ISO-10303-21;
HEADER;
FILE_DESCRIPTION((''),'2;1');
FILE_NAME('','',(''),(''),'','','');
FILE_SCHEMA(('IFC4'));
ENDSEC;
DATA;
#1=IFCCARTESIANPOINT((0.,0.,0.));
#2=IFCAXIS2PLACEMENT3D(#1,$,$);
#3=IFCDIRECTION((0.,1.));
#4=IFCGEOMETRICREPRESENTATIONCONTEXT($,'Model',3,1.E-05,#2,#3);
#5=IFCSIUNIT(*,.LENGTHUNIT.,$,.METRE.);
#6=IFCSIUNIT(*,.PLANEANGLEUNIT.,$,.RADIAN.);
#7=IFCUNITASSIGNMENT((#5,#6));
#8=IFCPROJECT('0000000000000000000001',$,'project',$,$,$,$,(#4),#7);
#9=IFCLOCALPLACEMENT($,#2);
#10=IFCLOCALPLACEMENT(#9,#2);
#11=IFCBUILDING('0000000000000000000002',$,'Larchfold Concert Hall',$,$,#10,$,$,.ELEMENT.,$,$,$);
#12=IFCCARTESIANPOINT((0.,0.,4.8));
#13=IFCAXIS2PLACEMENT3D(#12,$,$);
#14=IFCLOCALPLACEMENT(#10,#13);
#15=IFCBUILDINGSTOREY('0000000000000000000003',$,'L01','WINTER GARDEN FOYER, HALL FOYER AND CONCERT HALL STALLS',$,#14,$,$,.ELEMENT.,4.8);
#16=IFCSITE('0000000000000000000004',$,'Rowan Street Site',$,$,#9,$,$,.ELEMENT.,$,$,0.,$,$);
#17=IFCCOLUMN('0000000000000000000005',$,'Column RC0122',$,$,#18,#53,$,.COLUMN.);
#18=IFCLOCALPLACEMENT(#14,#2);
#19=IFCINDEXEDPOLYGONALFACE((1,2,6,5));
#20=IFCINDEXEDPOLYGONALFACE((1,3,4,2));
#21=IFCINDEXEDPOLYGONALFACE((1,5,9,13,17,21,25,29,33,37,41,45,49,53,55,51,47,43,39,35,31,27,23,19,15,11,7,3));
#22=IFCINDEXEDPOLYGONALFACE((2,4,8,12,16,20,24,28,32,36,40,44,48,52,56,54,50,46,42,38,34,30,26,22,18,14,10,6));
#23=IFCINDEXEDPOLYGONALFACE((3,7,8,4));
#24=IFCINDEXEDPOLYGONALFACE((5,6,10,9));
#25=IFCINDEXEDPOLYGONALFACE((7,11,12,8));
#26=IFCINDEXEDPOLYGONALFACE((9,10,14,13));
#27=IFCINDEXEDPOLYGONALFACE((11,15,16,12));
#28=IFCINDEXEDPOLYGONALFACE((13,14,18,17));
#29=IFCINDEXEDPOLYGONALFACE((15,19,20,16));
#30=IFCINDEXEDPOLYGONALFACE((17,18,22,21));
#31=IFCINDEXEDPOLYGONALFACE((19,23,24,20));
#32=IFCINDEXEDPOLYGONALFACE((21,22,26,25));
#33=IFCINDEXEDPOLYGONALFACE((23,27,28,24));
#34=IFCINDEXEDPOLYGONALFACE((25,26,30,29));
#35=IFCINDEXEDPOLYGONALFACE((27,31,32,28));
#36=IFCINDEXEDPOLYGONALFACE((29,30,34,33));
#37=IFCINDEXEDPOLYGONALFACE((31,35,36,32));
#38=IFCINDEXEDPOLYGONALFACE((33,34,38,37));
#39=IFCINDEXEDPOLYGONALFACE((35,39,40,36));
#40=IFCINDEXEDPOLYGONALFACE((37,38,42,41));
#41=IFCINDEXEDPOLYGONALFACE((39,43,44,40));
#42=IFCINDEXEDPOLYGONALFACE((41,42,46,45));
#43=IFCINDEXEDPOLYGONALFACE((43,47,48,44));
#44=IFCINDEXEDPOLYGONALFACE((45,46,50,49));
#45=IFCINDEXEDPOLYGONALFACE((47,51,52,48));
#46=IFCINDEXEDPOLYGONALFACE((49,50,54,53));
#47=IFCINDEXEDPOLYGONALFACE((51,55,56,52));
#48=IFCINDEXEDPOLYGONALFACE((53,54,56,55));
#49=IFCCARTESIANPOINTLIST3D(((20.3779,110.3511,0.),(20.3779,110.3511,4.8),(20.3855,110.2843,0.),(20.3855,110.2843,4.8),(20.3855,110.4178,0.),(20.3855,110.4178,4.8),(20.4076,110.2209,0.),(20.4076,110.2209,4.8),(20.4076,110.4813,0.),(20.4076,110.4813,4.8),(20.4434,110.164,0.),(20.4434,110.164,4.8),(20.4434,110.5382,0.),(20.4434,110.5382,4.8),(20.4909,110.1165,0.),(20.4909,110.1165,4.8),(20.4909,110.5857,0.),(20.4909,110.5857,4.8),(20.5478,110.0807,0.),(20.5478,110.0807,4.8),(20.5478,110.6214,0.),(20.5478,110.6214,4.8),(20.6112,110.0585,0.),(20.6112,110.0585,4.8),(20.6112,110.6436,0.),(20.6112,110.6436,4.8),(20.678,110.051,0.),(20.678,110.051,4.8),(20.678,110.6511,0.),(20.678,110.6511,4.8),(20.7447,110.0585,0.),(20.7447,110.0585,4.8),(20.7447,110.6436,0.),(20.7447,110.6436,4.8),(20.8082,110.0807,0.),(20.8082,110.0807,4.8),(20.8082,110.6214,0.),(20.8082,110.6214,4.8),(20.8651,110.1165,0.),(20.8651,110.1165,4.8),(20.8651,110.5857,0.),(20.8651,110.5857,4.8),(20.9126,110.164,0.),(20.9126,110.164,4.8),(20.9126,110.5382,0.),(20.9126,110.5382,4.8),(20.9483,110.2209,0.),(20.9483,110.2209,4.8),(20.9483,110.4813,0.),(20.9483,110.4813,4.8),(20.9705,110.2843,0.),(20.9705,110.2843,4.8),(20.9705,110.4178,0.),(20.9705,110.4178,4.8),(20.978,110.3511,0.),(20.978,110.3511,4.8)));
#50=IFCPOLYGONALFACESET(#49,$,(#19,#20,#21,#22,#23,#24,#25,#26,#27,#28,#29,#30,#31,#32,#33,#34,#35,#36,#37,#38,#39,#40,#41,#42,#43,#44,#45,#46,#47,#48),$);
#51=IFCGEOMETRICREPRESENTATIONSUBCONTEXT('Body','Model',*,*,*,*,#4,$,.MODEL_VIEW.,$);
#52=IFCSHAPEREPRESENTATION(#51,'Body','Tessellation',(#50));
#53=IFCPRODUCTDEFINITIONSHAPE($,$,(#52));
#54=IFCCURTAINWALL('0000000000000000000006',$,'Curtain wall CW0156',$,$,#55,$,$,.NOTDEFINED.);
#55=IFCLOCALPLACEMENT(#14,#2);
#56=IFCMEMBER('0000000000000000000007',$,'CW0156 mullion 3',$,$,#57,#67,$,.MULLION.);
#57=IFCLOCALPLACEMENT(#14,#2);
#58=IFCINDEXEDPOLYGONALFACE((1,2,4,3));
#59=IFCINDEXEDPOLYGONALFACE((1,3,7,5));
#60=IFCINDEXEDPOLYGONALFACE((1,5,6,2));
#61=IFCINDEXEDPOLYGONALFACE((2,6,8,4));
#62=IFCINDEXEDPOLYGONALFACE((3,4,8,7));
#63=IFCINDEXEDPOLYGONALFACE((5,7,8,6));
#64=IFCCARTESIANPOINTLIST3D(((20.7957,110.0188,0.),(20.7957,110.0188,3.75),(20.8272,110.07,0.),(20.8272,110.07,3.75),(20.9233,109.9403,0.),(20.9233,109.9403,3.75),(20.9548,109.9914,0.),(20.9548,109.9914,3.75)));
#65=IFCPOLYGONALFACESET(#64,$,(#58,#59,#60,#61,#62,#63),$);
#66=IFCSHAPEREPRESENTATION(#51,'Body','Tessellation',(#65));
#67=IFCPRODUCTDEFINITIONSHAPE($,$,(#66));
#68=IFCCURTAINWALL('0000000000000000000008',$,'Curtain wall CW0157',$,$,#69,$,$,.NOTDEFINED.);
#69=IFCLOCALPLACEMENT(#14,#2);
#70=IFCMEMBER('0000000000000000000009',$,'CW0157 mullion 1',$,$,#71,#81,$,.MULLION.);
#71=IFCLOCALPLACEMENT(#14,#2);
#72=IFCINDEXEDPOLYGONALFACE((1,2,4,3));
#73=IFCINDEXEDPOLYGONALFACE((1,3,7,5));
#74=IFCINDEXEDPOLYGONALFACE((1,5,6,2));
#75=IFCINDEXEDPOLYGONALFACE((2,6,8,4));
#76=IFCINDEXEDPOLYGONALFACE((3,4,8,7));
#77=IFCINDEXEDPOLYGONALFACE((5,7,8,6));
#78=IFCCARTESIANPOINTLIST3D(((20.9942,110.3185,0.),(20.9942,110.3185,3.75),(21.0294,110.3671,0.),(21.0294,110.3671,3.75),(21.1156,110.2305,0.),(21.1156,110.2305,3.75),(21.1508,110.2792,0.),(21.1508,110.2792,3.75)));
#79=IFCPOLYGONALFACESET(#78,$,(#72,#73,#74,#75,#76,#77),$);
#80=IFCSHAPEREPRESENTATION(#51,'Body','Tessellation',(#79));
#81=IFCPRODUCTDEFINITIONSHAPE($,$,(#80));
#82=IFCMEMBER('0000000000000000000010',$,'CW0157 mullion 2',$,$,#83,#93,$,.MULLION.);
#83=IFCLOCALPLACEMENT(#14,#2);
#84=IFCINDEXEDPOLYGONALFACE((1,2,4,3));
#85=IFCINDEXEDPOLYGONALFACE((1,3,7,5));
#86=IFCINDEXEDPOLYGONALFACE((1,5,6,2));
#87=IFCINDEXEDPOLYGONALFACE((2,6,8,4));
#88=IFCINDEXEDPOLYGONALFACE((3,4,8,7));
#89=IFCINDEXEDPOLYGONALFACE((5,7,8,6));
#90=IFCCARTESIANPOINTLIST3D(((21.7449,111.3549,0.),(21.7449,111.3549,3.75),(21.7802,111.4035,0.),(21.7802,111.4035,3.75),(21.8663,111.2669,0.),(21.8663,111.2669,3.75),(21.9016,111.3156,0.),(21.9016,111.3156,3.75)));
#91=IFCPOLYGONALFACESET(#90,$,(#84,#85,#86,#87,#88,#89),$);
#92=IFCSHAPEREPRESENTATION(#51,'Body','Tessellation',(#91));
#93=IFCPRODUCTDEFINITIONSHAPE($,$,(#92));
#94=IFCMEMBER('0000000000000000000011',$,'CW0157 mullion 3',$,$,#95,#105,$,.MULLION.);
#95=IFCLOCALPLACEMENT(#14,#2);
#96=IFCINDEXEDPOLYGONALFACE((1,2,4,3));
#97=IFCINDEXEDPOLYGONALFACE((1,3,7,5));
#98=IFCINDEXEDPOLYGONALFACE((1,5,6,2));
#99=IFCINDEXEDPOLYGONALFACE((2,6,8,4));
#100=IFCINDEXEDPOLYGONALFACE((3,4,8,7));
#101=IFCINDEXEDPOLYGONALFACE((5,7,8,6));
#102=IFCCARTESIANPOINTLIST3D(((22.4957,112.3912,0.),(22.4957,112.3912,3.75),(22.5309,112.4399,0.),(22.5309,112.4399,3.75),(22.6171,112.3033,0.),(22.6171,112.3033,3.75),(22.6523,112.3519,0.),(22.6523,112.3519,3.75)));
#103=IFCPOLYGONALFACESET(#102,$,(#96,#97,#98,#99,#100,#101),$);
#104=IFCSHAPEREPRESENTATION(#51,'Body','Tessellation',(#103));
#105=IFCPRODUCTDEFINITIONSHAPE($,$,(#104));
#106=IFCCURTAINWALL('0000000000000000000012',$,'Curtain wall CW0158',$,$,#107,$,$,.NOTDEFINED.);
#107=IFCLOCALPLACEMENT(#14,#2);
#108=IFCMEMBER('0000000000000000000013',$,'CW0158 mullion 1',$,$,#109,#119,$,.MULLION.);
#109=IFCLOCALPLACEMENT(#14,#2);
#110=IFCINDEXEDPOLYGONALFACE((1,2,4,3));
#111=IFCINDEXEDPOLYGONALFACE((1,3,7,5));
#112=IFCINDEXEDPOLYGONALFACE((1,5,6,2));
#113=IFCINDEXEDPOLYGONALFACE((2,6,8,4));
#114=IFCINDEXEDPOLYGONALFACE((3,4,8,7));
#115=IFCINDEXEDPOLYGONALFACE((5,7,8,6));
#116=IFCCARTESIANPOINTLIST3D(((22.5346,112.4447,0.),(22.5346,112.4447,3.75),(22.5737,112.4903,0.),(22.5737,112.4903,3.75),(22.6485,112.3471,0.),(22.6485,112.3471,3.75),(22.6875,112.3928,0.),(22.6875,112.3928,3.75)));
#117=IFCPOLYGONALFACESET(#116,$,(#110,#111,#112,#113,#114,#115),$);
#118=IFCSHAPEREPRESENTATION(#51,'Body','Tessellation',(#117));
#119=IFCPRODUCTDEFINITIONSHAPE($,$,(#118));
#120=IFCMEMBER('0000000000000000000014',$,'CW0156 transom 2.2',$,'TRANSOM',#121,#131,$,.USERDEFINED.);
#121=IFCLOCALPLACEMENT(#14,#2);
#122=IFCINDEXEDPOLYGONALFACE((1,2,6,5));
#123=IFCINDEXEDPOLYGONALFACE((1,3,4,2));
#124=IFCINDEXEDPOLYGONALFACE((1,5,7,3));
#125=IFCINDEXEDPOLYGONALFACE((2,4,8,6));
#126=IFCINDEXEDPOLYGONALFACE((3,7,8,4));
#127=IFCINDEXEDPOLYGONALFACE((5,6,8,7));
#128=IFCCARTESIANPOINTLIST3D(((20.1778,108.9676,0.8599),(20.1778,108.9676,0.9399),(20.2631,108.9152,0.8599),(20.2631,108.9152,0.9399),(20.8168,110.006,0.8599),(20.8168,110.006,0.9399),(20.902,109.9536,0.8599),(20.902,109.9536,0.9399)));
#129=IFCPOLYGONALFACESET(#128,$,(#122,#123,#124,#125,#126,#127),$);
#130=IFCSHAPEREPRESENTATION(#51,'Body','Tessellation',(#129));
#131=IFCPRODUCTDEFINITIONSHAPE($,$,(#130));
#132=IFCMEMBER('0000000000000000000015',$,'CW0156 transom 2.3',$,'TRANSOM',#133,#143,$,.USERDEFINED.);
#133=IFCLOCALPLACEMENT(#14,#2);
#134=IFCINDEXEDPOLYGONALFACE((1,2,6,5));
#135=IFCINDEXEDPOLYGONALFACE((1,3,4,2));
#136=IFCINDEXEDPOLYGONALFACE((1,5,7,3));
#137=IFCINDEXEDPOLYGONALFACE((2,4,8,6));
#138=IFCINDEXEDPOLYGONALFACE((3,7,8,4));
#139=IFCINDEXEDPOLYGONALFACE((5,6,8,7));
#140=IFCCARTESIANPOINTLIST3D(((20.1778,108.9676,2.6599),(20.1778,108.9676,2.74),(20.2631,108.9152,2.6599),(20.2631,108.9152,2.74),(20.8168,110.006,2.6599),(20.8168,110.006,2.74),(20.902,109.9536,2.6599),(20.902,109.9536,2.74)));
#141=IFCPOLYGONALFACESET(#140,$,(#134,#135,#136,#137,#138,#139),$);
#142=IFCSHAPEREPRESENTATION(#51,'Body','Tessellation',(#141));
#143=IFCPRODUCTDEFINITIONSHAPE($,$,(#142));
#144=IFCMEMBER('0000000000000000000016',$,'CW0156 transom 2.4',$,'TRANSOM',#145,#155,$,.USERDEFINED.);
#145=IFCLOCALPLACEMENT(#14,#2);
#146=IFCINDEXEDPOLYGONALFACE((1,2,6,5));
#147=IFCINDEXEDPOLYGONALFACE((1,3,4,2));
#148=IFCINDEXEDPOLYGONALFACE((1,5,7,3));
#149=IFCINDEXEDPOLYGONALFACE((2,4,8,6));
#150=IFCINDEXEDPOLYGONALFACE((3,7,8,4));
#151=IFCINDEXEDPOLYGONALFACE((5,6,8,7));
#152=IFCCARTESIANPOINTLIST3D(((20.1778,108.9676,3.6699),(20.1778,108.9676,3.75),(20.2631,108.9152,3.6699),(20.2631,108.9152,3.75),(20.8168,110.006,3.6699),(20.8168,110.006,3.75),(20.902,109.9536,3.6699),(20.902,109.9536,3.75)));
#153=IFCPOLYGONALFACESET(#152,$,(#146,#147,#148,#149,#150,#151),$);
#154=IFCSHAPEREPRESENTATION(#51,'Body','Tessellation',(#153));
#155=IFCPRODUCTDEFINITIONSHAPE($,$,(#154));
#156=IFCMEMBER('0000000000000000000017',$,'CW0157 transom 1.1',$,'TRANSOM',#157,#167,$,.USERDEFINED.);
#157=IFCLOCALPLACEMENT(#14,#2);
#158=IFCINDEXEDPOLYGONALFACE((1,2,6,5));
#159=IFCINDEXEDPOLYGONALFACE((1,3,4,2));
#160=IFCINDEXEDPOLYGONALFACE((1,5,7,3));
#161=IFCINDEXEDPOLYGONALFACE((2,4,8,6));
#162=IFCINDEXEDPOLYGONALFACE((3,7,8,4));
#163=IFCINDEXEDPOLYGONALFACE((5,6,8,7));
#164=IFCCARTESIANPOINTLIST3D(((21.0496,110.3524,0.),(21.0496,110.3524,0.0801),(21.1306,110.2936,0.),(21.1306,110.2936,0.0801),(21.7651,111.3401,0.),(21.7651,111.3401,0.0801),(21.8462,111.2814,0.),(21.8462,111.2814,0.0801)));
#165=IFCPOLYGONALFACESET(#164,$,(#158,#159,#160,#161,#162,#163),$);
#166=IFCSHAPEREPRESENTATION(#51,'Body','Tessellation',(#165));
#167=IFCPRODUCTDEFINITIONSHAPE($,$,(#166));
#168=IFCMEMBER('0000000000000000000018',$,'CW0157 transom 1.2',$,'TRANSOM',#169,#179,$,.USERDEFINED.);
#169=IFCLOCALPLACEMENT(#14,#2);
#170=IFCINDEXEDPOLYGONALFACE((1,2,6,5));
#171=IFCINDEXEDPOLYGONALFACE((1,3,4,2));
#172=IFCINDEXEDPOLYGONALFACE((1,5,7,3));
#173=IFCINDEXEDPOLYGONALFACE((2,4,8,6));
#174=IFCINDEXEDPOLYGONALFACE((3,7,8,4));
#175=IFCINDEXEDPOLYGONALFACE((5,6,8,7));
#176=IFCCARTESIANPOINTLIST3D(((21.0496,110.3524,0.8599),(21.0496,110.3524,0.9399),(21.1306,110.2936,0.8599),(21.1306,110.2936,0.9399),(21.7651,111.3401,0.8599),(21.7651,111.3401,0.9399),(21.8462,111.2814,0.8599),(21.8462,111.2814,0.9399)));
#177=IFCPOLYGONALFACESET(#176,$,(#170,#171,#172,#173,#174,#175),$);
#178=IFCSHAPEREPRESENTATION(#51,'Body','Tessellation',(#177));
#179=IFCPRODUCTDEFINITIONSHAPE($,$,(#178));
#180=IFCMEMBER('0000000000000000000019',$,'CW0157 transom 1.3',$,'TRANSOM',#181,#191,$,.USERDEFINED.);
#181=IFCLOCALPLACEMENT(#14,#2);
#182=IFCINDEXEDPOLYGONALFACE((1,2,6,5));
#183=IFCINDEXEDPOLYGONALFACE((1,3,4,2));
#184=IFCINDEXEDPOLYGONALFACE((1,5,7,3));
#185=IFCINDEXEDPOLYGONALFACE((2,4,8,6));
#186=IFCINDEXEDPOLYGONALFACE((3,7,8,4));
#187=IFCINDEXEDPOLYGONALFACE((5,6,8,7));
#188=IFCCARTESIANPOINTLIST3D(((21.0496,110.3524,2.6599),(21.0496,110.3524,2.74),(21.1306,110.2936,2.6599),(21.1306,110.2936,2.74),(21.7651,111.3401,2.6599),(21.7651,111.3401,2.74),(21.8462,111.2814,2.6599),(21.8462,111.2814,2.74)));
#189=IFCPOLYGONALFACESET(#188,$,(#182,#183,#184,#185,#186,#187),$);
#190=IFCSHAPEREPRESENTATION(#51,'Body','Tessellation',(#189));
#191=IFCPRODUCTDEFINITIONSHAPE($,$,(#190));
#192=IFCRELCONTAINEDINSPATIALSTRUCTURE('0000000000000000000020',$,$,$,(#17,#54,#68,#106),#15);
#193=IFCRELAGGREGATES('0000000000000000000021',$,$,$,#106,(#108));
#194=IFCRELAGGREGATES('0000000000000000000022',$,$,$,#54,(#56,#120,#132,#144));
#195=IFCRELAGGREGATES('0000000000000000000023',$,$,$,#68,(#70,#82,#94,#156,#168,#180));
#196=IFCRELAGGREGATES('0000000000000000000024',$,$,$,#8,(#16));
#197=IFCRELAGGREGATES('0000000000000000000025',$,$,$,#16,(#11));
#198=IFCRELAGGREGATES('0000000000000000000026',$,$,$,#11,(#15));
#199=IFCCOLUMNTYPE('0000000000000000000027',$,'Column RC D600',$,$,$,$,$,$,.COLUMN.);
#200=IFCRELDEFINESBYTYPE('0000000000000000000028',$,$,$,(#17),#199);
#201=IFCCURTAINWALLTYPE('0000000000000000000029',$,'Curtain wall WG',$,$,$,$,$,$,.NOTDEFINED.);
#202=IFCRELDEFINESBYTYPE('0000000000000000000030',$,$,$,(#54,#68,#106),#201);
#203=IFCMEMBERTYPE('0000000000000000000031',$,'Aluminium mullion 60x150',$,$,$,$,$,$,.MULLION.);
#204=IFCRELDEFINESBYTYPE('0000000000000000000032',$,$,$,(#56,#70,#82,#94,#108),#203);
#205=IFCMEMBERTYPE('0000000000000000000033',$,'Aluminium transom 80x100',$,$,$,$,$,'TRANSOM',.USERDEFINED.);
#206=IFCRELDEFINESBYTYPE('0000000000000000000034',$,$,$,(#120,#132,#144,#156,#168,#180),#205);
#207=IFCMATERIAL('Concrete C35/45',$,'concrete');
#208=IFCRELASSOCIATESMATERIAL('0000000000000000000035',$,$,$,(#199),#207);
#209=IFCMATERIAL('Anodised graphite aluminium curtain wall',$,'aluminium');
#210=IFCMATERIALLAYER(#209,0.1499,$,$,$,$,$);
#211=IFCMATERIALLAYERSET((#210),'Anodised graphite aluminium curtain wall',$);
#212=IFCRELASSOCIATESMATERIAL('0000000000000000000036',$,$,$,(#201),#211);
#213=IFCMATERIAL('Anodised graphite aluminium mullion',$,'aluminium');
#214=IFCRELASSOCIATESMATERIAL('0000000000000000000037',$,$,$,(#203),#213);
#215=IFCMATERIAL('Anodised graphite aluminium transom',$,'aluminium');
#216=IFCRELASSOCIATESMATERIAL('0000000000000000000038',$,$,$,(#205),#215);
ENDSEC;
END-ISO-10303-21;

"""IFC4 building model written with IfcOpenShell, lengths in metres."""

from ifc_helpers import new_model, si_unit, direction, frame, origin, origin_2d, place, context, subcontext, project, spatial, rectangle, circle, extrude, material, layer, layer_set, material_profile, profile_set, type_object, element, aggregate, save


model = new_model("IFC4")

# Units and contexts
model_context = context("Model", 3, precision=1e-05, world=origin(), true_north=direction((0.0, 1.0)))
body_context = subcontext(model_context, "Body", "Model", "MODEL_VIEW")
ifc_project = project(units=[si_unit("LENGTHUNIT", "METRE"), si_unit("PLANEANGLEUNIT", "RADIAN")], contexts=[model_context])

# Site, building, storey
site_placement = place(None, origin())
site = spatial("IfcSite", under=ifc_project, at=site_placement, Name="Rowan Street Site", CompositionType="ELEMENT", RefElevation=0.0)
building_placement = place(site_placement, origin())
building = spatial("IfcBuilding", under=site, at=building_placement, Name="Larchfold Concert Hall", CompositionType="ELEMENT")
storey_placement = place(building_placement, frame((0.0, 0.0, 4.8)))
storey = spatial("IfcBuildingStorey", under=building, at=storey_placement, Name="L01", Description="WINTER GARDEN FOYER, HALL FOYER AND CONCERT HALL STALLS", CompositionType="ELEMENT", Elevation=4.8)

# Column
ifc_material_1 = material(Name="Concrete C35/45", Category="concrete")
ifc_material_profile_1 = material_profile(ifc_material_1, circle(Radius=0.3, at=origin_2d()))
ifc_profile_set_1 = profile_set([ifc_material_profile_1], Name="Concrete C35/45")
column_type = type_object("IfcColumnType", Name="Column RC D600", PredefinedType="COLUMN", material=ifc_profile_set_1)
column_placement = place(storey_placement, frame((20.678, 110.3511, 0.0), z_axis=(0.0, 0.0, 1.0), x_axis=(1.0, 0.0, 0.0)))
element("IfcColumn", 1, at=column_placement, inside=storey, type_object=column_type, Name="Column RC0122", PredefinedType="COLUMN", context=body_context, shape_type="SweptSolid", body=[
    extrude(circle(Radius=0.3, at=origin_2d()), origin(), (0.0, 0.0, 1.0), 4.8),
])

# Curtain wall, member
ifc_material_2 = material(Name="Anodised graphite aluminium curtain wall", Category="aluminium")
ifc_layer_1 = layer(ifc_material_2, 0.1499)
ifc_layer_set_1 = layer_set([ifc_layer_1], Name="Anodised graphite aluminium curtain wall")
curtain_wall_type = type_object("IfcCurtainWallType", Name="Curtain wall WG", PredefinedType="NOTDEFINED", material=ifc_layer_set_1)
curtain_wall_1_placement = place(storey_placement, origin())
curtain_wall_1 = element("IfcCurtainWall", 2, at=curtain_wall_1_placement, inside=storey, type_object=curtain_wall_type, Name="Curtain wall CW0156", PredefinedType="NOTDEFINED")
ifc_material_3 = material(Name="Anodised graphite aluminium mullion", Category="aluminium")
ifc_material_profile_2 = material_profile(ifc_material_3, rectangle(XDim=0.1499, YDim=0.0601, at=origin_2d()))
ifc_profile_set_2 = profile_set([ifc_material_profile_2], Name="Anodised graphite aluminium mullion")
member_type_1 = type_object("IfcMemberType", Name="Aluminium mullion 60x150", PredefinedType="MULLION", material=ifc_profile_set_2)
member_1_placement = place(storey_placement, frame((20.8752, 110.0051, 0.0), z_axis=(0.0, 0.0, 1.0), x_axis=(-0.851655, 0.524103, 0.0)))
member_1 = element("IfcMember", 3, at=member_1_placement, type_object=member_type_1, Name="CW0156 mullion 3", PredefinedType="MULLION", context=body_context, shape_type="SweptSolid", body=[
    extrude(rectangle(XDim=0.1499, YDim=0.0601, at=origin_2d()), origin(), (0.0, 0.0, 1.0), 3.75),
])

# Curtain wall, members
curtain_wall_2_placement = place(storey_placement, origin())
curtain_wall_2 = element("IfcCurtainWall", 4, at=curtain_wall_2_placement, inside=storey, type_object=curtain_wall_type, Name="Curtain wall CW0157", PredefinedType="NOTDEFINED")
member_2_placement = place(storey_placement, frame((21.0725, 110.2988, 0.0), z_axis=(0.0, 0.0, 1.0), x_axis=(-0.809887, 0.586586, 0.0)))
member_2 = element("IfcMember", 5, at=member_2_placement, type_object=member_type_1, Name="CW0157 mullion 1", PredefinedType="MULLION", context=body_context, shape_type="SweptSolid", body=[
    extrude(rectangle(XDim=0.1499, YDim=0.0601, at=origin_2d()), origin(), (0.0, 0.0, 1.0), 3.75),
])
member_3_placement = place(storey_placement, frame((21.8232, 111.3352, 0.0), z_axis=(0.0, 0.0, 1.0), x_axis=(-0.809887, 0.586586, 0.0)))
member_3 = element("IfcMember", 6, at=member_3_placement, type_object=member_type_1, Name="CW0157 mullion 2", PredefinedType="MULLION", context=body_context, shape_type="SweptSolid", body=[
    extrude(rectangle(XDim=0.1499, YDim=0.0601, at=origin_2d()), origin(), (0.0, 0.0, 1.0), 3.75),
])
member_4_placement = place(storey_placement, frame((22.574, 112.3716, 0.0), z_axis=(0.0, 0.0, 1.0), x_axis=(-0.809887, 0.586586, 0.0)))
member_4 = element("IfcMember", 7, at=member_4_placement, type_object=member_type_1, Name="CW0157 mullion 3", PredefinedType="MULLION", context=body_context, shape_type="SweptSolid", body=[
    extrude(rectangle(XDim=0.1499, YDim=0.0601, at=origin_2d()), origin(), (0.0, 0.0, 1.0), 3.75),
])

# Curtain wall, member
curtain_wall_3_placement = place(storey_placement, origin())
curtain_wall_3 = element("IfcCurtainWall", 8, at=curtain_wall_3_placement, inside=storey, type_object=curtain_wall_type, Name="Curtain wall CW0158", PredefinedType="NOTDEFINED")
member_5_placement = place(storey_placement, frame((22.6111, 112.4187, 0.0), z_axis=(0.0, 0.0, 1.0), x_axis=(-0.759496, 0.650512, 0.0)))
member_5 = element("IfcMember", 9, at=member_5_placement, type_object=member_type_1, Name="CW0158 mullion 1", PredefinedType="MULLION", context=body_context, shape_type="SweptSolid", body=[
    extrude(rectangle(XDim=0.1499, YDim=0.0601, at=origin_2d()), origin(), (0.0, 0.0, 1.0), 3.75),
])

# Members
ifc_material_4 = material(Name="Anodised graphite aluminium transom", Category="aluminium")
ifc_material_profile_3 = material_profile(ifc_material_4, rectangle(XDim=0.1001, YDim=0.0801, at=origin_2d()))
ifc_profile_set_3 = profile_set([ifc_material_profile_3], Name="Anodised graphite aluminium transom")
member_type_2 = type_object("IfcMemberType", Name="Aluminium transom 80x100", ElementType="TRANSOM", PredefinedType="USERDEFINED", material=ifc_profile_set_3)
member_6_placement = place(storey_placement, frame((20.2205, 108.9414, 0.8999), z_axis=(0.524064, 0.851679, 0.0), x_axis=(-0.851679, 0.524064, 0.0)))
member_6 = element("IfcMember", 10, at=member_6_placement, type_object=member_type_2, Name="CW0156 transom 2.2", ObjectType="TRANSOM", PredefinedType="USERDEFINED", context=body_context, shape_type="SweptSolid", body=[
    extrude(rectangle(XDim=0.1001, YDim=0.0801, at=origin_2d()), origin(), (0.0, 0.0, 1.0), 1.2192),
])
member_7_placement = place(storey_placement, frame((20.2205, 108.9414, 2.7), z_axis=(0.524064, 0.851679, 0.0), x_axis=(-0.851679, 0.524064, 0.0)))
member_7 = element("IfcMember", 11, at=member_7_placement, type_object=member_type_2, Name="CW0156 transom 2.3", ObjectType="TRANSOM", PredefinedType="USERDEFINED", context=body_context, shape_type="SweptSolid", body=[
    extrude(rectangle(XDim=0.1001, YDim=0.0801, at=origin_2d()), origin(), (0.0, 0.0, 1.0), 1.2192),
])
member_8_placement = place(storey_placement, frame((20.2205, 108.9414, 3.71), z_axis=(0.524064, 0.851679, 0.0), x_axis=(-0.851679, 0.524064, 0.0)))
member_8 = element("IfcMember", 12, at=member_8_placement, type_object=member_type_2, Name="CW0156 transom 2.4", ObjectType="TRANSOM", PredefinedType="USERDEFINED", context=body_context, shape_type="SweptSolid", body=[
    extrude(rectangle(XDim=0.1001, YDim=0.0801, at=origin_2d()), origin(), (0.0, 0.0, 1.0), 1.2192),
])
member_9_placement = place(storey_placement, frame((21.0901, 110.323, 0.04), z_axis=(0.586659, 0.809834, 0.0), x_axis=(-0.809834, 0.586659, 0.0)))
member_9 = element("IfcMember", 13, at=member_9_placement, type_object=member_type_2, Name="CW0157 transom 1.1", ObjectType="TRANSOM", PredefinedType="USERDEFINED", context=body_context, shape_type="SweptSolid", body=[
    extrude(rectangle(XDim=0.1001, YDim=0.0801, at=origin_2d()), origin(), (0.0, 0.0, 1.0), 1.2197),
])
member_10_placement = place(storey_placement, frame((21.0901, 110.323, 0.8999), z_axis=(0.586659, 0.809834, 0.0), x_axis=(-0.809834, 0.586659, 0.0)))
member_10 = element("IfcMember", 14, at=member_10_placement, type_object=member_type_2, Name="CW0157 transom 1.2", ObjectType="TRANSOM", PredefinedType="USERDEFINED", context=body_context, shape_type="SweptSolid", body=[
    extrude(rectangle(XDim=0.1001, YDim=0.0801, at=origin_2d()), origin(), (0.0, 0.0, 1.0), 1.2197),
])
member_11_placement = place(storey_placement, frame((21.0901, 110.323, 2.7), z_axis=(0.586659, 0.809834, 0.0), x_axis=(-0.809834, 0.586659, 0.0)))
member_11 = element("IfcMember", 15, at=member_11_placement, type_object=member_type_2, Name="CW0157 transom 1.3", ObjectType="TRANSOM", PredefinedType="USERDEFINED", context=body_context, shape_type="SweptSolid", body=[
    extrude(rectangle(XDim=0.1001, YDim=0.0801, at=origin_2d()), origin(), (0.0, 0.0, 1.0), 1.2197),
])
aggregate(curtain_wall_3, [member_5])

aggregate(curtain_wall_1, [member_1, member_6, member_7, member_8])
aggregate(curtain_wall_2, [member_2, member_3, member_4, member_9, member_10, member_11])

save(model, "model.ifc")
